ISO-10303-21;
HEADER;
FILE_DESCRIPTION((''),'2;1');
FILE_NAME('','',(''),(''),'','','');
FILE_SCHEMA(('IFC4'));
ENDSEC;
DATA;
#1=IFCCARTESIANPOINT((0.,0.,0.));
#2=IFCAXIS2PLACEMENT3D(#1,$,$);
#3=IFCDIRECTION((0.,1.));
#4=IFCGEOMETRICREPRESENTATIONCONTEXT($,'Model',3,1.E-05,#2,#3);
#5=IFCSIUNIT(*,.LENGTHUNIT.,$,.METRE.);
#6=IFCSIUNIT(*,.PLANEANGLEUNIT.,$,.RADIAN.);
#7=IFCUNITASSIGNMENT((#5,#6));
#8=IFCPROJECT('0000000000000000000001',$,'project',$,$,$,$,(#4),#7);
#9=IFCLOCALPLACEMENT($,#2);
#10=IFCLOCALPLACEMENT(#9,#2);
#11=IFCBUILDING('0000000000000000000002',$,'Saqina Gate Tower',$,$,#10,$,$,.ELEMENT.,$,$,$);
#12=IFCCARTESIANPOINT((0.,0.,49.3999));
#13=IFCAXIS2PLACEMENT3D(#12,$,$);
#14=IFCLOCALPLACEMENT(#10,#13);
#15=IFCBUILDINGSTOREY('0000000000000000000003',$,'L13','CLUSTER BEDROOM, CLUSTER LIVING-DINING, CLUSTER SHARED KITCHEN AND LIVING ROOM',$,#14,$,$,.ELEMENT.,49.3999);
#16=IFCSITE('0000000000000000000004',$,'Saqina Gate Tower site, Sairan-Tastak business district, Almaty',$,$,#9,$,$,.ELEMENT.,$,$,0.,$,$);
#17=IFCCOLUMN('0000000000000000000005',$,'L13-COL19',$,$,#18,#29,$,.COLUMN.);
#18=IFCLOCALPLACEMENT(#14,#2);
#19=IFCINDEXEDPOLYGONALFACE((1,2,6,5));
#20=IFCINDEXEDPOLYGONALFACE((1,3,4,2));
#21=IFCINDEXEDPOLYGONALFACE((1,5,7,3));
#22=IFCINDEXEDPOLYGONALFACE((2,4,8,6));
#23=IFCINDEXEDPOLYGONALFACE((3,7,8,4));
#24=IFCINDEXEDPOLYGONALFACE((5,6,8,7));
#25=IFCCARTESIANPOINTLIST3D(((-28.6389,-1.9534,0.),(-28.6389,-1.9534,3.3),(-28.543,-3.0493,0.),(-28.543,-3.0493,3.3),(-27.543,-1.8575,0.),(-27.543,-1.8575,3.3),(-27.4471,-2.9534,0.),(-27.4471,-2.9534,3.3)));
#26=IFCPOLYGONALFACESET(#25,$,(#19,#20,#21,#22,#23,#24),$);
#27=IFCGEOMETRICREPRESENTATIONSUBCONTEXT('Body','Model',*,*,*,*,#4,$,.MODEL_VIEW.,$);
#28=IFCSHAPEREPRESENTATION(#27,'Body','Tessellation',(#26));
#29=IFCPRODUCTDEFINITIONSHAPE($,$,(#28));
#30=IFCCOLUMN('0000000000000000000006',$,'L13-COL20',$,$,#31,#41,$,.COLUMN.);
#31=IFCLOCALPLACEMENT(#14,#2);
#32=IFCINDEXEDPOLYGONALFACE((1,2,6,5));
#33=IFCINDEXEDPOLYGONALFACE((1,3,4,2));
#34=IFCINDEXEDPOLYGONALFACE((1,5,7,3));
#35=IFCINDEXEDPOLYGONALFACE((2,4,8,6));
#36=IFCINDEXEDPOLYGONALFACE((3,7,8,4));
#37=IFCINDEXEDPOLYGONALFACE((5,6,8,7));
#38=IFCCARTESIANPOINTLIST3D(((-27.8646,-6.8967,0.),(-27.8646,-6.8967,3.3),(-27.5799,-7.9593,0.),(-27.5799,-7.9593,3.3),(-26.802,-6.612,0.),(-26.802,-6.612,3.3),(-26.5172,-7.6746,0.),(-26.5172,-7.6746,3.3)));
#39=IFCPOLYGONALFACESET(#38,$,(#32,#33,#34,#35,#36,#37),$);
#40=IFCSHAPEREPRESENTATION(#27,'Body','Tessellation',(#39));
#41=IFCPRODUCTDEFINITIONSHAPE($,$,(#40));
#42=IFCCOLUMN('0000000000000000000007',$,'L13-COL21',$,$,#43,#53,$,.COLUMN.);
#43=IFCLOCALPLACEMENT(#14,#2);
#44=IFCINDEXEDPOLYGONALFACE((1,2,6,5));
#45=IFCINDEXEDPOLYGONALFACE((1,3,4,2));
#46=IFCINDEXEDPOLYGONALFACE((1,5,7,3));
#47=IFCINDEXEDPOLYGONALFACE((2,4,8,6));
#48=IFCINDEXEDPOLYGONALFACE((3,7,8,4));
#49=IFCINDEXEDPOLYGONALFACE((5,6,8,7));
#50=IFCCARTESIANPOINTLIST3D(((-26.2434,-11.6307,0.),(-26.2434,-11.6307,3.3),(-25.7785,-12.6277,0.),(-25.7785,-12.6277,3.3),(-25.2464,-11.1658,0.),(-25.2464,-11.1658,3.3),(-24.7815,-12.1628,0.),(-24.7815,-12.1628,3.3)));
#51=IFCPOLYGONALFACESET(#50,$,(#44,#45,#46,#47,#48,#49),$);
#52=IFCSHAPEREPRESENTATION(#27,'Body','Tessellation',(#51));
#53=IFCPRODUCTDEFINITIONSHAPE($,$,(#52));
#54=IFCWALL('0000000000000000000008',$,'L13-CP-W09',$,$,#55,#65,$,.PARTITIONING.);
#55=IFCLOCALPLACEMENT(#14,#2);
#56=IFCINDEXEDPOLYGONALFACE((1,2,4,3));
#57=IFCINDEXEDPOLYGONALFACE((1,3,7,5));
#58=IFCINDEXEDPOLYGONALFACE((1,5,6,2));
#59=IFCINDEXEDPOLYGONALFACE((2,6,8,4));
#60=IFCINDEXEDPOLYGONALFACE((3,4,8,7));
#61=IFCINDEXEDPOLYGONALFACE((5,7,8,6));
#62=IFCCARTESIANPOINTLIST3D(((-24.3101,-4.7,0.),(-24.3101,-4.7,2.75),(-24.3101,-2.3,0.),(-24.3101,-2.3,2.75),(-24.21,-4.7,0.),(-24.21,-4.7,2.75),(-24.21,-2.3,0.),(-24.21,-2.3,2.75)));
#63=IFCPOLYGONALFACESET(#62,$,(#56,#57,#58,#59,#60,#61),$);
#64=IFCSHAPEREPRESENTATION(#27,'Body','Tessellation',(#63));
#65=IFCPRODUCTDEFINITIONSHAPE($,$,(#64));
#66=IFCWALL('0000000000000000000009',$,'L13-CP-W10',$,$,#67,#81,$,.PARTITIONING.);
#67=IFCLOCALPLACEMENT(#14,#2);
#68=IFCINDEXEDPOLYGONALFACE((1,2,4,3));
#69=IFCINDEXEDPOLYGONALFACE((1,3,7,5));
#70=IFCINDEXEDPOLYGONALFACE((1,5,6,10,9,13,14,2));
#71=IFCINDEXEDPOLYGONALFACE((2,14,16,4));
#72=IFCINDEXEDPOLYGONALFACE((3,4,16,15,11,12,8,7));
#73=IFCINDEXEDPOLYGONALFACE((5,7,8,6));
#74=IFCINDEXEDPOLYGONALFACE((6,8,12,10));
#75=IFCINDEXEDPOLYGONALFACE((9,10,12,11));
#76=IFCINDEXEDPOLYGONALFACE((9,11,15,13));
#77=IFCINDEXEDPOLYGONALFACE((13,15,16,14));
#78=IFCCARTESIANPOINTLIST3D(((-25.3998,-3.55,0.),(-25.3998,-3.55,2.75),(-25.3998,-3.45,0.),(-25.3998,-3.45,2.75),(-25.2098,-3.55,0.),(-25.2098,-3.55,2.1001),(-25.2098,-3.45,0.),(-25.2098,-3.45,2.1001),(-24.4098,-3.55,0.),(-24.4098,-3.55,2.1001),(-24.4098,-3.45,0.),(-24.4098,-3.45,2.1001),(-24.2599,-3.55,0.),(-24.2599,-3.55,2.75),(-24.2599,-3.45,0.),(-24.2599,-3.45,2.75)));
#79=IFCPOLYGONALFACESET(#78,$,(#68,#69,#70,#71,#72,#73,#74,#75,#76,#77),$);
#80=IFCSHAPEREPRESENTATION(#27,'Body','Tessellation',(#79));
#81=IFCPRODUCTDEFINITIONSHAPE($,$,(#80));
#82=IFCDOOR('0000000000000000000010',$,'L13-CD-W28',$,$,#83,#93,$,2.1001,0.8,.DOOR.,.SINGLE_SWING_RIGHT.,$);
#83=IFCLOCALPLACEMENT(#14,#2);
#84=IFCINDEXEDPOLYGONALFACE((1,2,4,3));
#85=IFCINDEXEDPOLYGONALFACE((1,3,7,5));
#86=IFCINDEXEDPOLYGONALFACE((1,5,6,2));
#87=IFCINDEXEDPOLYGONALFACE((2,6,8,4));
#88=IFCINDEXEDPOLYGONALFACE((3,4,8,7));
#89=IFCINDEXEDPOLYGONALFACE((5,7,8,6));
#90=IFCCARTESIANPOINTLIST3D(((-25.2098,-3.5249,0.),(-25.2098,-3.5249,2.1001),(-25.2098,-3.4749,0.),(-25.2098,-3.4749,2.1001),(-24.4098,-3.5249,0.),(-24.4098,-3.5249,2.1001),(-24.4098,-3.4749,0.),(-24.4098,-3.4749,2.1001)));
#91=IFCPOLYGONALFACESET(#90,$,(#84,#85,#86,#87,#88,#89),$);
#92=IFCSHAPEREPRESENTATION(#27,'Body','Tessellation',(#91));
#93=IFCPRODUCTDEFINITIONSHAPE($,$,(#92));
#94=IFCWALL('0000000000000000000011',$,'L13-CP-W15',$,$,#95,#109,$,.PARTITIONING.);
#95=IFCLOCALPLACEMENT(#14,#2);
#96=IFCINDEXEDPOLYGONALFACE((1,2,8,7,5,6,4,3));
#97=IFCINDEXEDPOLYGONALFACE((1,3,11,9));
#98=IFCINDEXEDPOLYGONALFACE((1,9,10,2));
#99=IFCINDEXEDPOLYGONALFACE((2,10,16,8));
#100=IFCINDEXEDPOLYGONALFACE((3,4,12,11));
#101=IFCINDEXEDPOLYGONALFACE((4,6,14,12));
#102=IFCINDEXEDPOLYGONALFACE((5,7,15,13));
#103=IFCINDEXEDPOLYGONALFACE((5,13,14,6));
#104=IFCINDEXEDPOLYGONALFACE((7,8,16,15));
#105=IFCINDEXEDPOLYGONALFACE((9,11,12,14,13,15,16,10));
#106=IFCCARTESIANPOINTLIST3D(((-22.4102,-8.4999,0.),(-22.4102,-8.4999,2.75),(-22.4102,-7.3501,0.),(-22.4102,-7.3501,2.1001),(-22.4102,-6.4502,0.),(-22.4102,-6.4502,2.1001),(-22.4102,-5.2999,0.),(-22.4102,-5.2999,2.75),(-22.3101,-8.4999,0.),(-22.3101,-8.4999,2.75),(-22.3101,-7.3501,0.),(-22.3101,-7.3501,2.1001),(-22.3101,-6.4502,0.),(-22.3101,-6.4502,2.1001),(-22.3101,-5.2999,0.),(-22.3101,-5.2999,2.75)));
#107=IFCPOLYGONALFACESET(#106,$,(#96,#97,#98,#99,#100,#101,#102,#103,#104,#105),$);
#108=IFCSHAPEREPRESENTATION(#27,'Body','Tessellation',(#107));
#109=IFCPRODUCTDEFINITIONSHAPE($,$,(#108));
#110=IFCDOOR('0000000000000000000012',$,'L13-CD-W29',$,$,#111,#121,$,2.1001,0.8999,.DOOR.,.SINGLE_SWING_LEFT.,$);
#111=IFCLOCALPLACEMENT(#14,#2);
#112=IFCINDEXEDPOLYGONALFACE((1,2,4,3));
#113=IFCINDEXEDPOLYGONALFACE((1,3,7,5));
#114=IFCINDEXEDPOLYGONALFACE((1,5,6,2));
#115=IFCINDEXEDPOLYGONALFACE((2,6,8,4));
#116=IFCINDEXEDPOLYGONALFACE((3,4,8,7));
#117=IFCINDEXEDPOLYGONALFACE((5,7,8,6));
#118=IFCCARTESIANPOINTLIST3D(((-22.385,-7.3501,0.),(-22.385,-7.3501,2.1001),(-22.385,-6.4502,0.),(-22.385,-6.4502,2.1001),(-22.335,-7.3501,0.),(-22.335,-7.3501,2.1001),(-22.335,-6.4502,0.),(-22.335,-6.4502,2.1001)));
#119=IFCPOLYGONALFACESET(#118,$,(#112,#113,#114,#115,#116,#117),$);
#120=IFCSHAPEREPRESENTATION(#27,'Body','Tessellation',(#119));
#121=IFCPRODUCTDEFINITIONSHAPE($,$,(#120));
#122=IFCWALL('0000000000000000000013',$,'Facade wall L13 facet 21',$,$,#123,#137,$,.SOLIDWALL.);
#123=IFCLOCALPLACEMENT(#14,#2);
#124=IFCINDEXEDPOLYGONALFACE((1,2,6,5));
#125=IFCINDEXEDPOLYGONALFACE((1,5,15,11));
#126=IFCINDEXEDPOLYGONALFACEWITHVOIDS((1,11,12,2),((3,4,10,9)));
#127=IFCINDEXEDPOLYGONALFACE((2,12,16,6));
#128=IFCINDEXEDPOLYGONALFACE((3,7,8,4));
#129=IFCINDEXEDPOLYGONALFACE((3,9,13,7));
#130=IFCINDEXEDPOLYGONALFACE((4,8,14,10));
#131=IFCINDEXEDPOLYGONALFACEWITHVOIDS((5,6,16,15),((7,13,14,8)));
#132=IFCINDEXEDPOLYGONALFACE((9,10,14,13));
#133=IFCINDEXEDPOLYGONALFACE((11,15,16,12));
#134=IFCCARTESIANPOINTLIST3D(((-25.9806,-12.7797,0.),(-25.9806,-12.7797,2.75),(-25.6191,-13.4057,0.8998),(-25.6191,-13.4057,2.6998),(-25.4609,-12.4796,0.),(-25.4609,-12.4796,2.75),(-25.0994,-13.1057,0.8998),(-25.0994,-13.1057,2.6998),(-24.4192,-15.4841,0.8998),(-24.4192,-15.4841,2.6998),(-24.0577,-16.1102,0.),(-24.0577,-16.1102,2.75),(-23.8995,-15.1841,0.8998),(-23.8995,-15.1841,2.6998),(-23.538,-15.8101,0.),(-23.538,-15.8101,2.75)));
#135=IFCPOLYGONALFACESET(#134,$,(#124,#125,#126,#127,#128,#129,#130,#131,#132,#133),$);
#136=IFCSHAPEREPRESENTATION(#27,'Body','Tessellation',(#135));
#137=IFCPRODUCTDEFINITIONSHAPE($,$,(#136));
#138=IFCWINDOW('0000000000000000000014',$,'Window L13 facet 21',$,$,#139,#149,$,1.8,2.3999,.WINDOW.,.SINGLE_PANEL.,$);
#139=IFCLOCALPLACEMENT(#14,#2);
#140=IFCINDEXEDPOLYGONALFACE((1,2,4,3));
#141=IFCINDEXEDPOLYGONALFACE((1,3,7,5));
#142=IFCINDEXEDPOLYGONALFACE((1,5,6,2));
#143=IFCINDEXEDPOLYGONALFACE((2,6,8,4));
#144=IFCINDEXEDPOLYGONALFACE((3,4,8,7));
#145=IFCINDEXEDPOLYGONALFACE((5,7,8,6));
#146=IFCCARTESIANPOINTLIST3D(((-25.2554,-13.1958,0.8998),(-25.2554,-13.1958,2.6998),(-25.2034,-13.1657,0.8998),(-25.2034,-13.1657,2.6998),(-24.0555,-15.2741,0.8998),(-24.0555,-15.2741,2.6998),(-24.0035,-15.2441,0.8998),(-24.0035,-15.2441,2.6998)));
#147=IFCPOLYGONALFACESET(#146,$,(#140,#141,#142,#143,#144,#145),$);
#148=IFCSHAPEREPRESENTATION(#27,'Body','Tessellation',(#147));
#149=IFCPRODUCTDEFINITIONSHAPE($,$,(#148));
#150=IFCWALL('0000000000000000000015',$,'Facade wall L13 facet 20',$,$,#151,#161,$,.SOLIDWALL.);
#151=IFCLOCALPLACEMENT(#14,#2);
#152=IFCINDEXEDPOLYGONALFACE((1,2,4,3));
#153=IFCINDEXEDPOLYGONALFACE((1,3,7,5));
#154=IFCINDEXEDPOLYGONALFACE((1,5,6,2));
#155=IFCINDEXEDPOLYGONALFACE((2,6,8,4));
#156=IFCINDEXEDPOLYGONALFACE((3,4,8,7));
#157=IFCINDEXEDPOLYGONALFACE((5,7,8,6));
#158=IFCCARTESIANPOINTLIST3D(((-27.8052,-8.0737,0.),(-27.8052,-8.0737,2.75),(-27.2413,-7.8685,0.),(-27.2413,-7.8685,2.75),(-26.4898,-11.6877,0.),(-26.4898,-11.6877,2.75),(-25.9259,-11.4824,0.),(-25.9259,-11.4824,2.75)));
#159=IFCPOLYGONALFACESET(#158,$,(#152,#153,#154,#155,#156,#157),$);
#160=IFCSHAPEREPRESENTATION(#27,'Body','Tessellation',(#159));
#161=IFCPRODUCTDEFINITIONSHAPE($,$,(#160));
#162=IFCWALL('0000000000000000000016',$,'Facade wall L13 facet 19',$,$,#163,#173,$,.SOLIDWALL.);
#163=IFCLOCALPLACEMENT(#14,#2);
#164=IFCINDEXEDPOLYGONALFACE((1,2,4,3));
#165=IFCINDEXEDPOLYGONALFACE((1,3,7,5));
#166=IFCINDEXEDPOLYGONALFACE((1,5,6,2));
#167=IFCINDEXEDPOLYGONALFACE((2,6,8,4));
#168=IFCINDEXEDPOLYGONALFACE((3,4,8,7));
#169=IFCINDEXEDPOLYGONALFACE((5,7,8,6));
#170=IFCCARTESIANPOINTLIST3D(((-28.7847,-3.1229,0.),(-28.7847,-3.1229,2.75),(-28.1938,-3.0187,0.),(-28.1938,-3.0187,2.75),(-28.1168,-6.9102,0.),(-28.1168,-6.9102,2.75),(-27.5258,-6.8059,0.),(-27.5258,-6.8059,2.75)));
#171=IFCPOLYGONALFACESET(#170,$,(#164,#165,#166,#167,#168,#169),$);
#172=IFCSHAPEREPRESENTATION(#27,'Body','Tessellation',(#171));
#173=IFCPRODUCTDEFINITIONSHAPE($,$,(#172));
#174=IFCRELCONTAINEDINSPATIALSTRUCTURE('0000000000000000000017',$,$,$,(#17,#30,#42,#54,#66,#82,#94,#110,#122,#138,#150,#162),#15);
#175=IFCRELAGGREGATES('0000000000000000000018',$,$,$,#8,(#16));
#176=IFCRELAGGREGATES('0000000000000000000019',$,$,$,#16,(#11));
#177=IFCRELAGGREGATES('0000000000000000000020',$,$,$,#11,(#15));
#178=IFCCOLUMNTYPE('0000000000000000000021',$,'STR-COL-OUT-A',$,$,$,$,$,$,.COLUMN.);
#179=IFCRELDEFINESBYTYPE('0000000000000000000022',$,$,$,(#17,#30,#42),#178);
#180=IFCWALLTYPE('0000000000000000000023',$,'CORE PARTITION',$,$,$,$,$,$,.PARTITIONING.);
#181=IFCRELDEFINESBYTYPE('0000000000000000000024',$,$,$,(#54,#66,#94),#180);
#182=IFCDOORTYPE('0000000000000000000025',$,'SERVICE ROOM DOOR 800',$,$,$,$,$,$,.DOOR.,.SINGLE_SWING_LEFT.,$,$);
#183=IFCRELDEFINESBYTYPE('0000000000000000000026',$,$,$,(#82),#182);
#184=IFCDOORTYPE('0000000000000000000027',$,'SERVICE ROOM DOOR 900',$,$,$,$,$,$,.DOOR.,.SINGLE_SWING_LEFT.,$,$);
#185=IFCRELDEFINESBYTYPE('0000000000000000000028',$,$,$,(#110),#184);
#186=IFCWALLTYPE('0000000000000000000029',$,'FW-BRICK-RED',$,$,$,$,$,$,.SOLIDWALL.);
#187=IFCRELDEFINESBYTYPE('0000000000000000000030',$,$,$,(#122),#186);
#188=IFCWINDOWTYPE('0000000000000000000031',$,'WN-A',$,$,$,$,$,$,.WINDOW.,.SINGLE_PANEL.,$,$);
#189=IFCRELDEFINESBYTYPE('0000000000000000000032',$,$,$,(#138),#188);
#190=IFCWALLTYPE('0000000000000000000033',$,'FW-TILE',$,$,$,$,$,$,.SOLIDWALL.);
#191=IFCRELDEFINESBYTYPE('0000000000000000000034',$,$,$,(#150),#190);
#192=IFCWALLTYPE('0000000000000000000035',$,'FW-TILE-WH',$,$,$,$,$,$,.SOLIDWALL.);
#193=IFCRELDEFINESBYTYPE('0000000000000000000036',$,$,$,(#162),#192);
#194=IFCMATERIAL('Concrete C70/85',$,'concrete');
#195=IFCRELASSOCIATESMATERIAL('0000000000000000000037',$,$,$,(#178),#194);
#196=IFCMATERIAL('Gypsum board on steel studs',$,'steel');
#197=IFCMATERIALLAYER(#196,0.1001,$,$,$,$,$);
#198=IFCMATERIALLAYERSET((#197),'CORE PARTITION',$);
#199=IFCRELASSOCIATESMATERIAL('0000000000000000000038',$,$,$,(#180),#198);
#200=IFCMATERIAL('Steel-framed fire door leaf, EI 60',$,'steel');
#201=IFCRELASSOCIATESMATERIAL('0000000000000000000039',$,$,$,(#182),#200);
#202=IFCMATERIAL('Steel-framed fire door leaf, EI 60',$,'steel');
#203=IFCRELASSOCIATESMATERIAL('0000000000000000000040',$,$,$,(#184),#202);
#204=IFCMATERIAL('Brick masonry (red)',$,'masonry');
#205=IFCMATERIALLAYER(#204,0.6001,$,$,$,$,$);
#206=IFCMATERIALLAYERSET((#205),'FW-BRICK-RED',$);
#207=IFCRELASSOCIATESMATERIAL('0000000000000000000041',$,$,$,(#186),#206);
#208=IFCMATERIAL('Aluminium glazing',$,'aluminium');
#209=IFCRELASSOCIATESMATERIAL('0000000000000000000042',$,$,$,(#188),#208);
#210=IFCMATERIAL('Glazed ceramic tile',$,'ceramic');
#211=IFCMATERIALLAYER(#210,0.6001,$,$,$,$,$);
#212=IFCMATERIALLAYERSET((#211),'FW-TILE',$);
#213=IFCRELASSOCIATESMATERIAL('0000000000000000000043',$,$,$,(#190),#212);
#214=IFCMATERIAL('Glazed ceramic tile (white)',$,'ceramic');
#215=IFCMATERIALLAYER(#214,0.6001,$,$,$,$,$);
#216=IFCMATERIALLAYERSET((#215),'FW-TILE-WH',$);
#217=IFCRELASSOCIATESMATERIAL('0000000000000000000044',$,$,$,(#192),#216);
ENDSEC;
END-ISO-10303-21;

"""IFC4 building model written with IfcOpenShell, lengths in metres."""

from ifc_helpers import new_model, si_unit, direction, frame, frame_2d, origin, origin_2d, place, context, subcontext, project, spatial, rectangle, extrude, material, layer, layer_set, material_profile, profile_set, type_object, element, fill, save


model = new_model("IFC4")

# Units and contexts
model_context = context("Model", 3, precision=1e-05, world=origin(), true_north=direction((0.0, 1.0)))
body_context = subcontext(model_context, "Body", "Model", "MODEL_VIEW")
ifc_project = project(units=[si_unit("LENGTHUNIT", "METRE"), si_unit("PLANEANGLEUNIT", "RADIAN")], contexts=[model_context])

# Site, building, storey
site_placement = place(None, origin())
site = spatial("IfcSite", under=ifc_project, at=site_placement, Name="Saqina Gate Tower site, Sairan-Tastak business district, Almaty", CompositionType="ELEMENT", RefElevation=0.0)
building_placement = place(site_placement, origin())
building = spatial("IfcBuilding", under=site, at=building_placement, Name="Saqina Gate Tower", CompositionType="ELEMENT")
storey_placement = place(building_placement, frame((0.0, 0.0, 49.3999)))
storey = spatial("IfcBuildingStorey", under=building, at=storey_placement, Name="L13", Description="CLUSTER BEDROOM, CLUSTER LIVING-DINING, CLUSTER SHARED KITCHEN AND LIVING ROOM", CompositionType="ELEMENT", Elevation=49.3999)

# Columns
ifc_material_1 = material(Name="Concrete C70/85", Category="concrete")
ifc_material_profile = material_profile(ifc_material_1, rectangle(XDim=1.1001, YDim=1.1001, at=origin_2d()), Name="RC 1100x1100")
ifc_profile_set = profile_set([ifc_material_profile], Name="Concrete C70/85")
column_type = type_object("IfcColumnType", Name="STR-COL-OUT-A", PredefinedType="COLUMN", material=ifc_profile_set)
for number, where, z_axis, x_axis, name in (
    (1, (-28.043, -2.4534, 0.0), (0.0, 0.0, 1.0), (-0.996195, -0.087156, 0.0), "L13-COL19"),
    (2, (-27.1909, -7.2856, 0.0), (0.0, 0.0, 1.0), (-0.965926, -0.258819, 0.0), "L13-COL20"),
    (3, (-25.5125, -11.8967, 0.0), (0.0, 0.0, 1.0), (-0.906308, -0.422618, 0.0), "L13-COL21"),
):
    element("IfcColumn", number, at=place(storey_placement, frame(where, z_axis=z_axis, x_axis=x_axis)), inside=storey, type_object=column_type, Name=name, PredefinedType="COLUMN", context=body_context, shape_type="SweptSolid", body=[
        extrude(rectangle(XDim=1.1001, YDim=1.1001, at=origin_2d()), origin(), (0.0, 0.0, 1.0), 3.3),
    ])

# Wall
ifc_material_2 = material(Name="Gypsum board on steel studs", Category="steel")
ifc_layer_1 = layer(ifc_material_2, 0.1001)
ifc_layer_set_1 = layer_set([ifc_layer_1], Name="CORE PARTITION")
wall_type_1 = type_object("IfcWallType", Name="CORE PARTITION", PredefinedType="PARTITIONING", material=ifc_layer_set_1)
wall_1_placement = place(storey_placement, frame((-24.26, -4.7, 0.0), z_axis=(0.0, 0.0, 1.0), x_axis=(0.0, 1.0, 0.0)))
element("IfcWall", 4, at=wall_1_placement, inside=storey, type_object=wall_type_1, Name="L13-CP-W09", PredefinedType="PARTITIONING", context=body_context, shape_type="SweptSolid", body=[
    extrude(rectangle(XDim=2.3999, YDim=0.1001, at=frame_2d((1.2, 0.0))), origin(), (0.0, 0.0, 1.0), 2.75),
])

# Walls, openings, doors
wall_2_placement = place(storey_placement, frame((-24.26, -3.5, 0.0), z_axis=(0.0, 0.0, 1.0), x_axis=(-1.0, 0.0, 0.0)))
wall_2 = element("IfcWall", 5, at=wall_2_placement, inside=storey, type_object=wall_type_1, Name="L13-CP-W10", PredefinedType="PARTITIONING", context=body_context, shape_type="SweptSolid", body=[
    extrude(rectangle(XDim=1.1399, YDim=0.1001, at=frame_2d((0.5698, 0.0))), origin(), (0.0, 0.0, 1.0), 2.75),
])
opening_1_placement = place(wall_2_placement, frame((0.1499, 0.0, 0.0)))
opening_1 = element("IfcOpeningElement", 6, at=opening_1_placement, cuts=wall_2, PredefinedType="OPENING", context=body_context, shape_type="SweptSolid", body=[
    extrude(rectangle(XDim=0.8, YDim=2.1001, at=frame_2d((0.3999, 1.05))), frame((0.0, 0.062, 0.0), z_axis=(0.0, -1.0, 0.0), x_axis=(1.0, 0.0, 0.0)), (0.0, 0.0, 1.0), 0.124),
])
ifc_material_3 = material(Name="Steel-framed fire door leaf, EI 60", Category="steel")
door_type_1 = type_object("IfcDoorType", Name="SERVICE ROOM DOOR 800", OperationType="SINGLE_SWING_LEFT", PredefinedType="DOOR", material=ifc_material_3)
door_1_placement = place(opening_1_placement, origin())
door_1 = element("IfcDoor", 7, at=door_1_placement, inside=storey, type_object=door_type_1, Name="L13-CD-W28", OperationType="SINGLE_SWING_RIGHT", OverallHeight=2.1001, OverallWidth=0.8, PredefinedType="DOOR", context=body_context, shape_type="SweptSolid", body=[
    extrude(rectangle(XDim=0.8, YDim=2.1001, at=frame_2d((0.3999, 1.05))), frame((0.0, 0.0249, 0.0), z_axis=(0.0, -1.0, 0.0), x_axis=(1.0, 0.0, 0.0)), (0.0, 0.0, 1.0), 0.05),
])
fill(opening_1, door_1)
wall_3_placement = place(storey_placement, frame((-22.3601, -8.5, 0.0), z_axis=(0.0, 0.0, 1.0), x_axis=(0.0, 1.0, 0.0)))
wall_3 = element("IfcWall", 8, at=wall_3_placement, inside=storey, type_object=wall_type_1, Name="L13-CP-W15", PredefinedType="PARTITIONING", context=body_context, shape_type="SweptSolid", body=[
    extrude(rectangle(XDim=3.2, YDim=0.1001, at=frame_2d((1.6001, 0.0))), origin(), (0.0, 0.0, 1.0), 2.75),
])
opening_2_placement = place(wall_3_placement, frame((1.1499, 0.0, 0.0)))
opening_2 = element("IfcOpeningElement", 9, at=opening_2_placement, cuts=wall_3, PredefinedType="OPENING", context=body_context, shape_type="SweptSolid", body=[
    extrude(rectangle(XDim=0.8999, YDim=2.1001, at=frame_2d((0.45, 1.05))), frame((0.0, 0.062, 0.0), z_axis=(0.0, -1.0, 0.0), x_axis=(1.0, 0.0, 0.0)), (0.0, 0.0, 1.0), 0.124),
])
ifc_material_4 = material(Name="Steel-framed fire door leaf, EI 60", Category="steel")
door_type_2 = type_object("IfcDoorType", Name="SERVICE ROOM DOOR 900", OperationType="SINGLE_SWING_LEFT", PredefinedType="DOOR", material=ifc_material_4)
door_2_placement = place(opening_2_placement, origin())
door_2 = element("IfcDoor", 10, at=door_2_placement, inside=storey, type_object=door_type_2, Name="L13-CD-W29", OperationType="SINGLE_SWING_LEFT", OverallHeight=2.1001, OverallWidth=0.8999, PredefinedType="DOOR", context=body_context, shape_type="SweptSolid", body=[
    extrude(rectangle(XDim=0.8999, YDim=2.1001, at=frame_2d((0.45, 1.05))), frame((0.0, 0.0249, 0.0), z_axis=(0.0, -1.0, 0.0), x_axis=(1.0, 0.0, 0.0)), (0.0, 0.0, 1.0), 0.05),
])
fill(opening_2, door_2)

# Wall, opening, window
ifc_material_5 = material(Name="Brick masonry (red)", Category="masonry")
ifc_layer_2 = layer(ifc_material_5, 0.6001)
ifc_layer_set_2 = layer_set([ifc_layer_2], Name="FW-BRICK-RED")
wall_type_2 = type_object("IfcWallType", Name="FW-BRICK-RED", PredefinedType="SOLIDWALL", material=ifc_layer_set_2)
wall_4_placement = place(storey_placement, frame((-25.7207, -12.6296, 0.0), z_axis=(0.0, 0.0, 1.0), x_axis=(0.49999, -0.866031, 0.0)))
wall_4 = element("IfcWall", 11, at=wall_4_placement, inside=storey, type_object=wall_type_2, Name="Facade wall L13 facet 21", PredefinedType="SOLIDWALL", context=body_context, shape_type="SweptSolid", body=[
    extrude(rectangle(XDim=3.8457, YDim=0.6001, at=frame_2d((1.9229, 0.0))), origin(), (0.0, 0.0, 1.0), 2.75),
])
opening_3_placement = place(wall_4_placement, frame((0.7229, 0.0, 0.8999)))
opening_3 = element("IfcOpeningElement", 12, at=opening_3_placement, cuts=wall_4, PredefinedType="OPENING", context=body_context, shape_type="SweptSolid", body=[
    extrude(rectangle(XDim=2.3999, YDim=1.8, at=frame_2d((1.2, 0.8999))), frame((0.0, 0.312, 0.0), z_axis=(0.0, -1.0, 0.0), x_axis=(1.0, 0.0, 0.0)), (0.0, 0.0, 1.0), 0.624),
])
ifc_material_6 = material(Name="Aluminium glazing", Category="aluminium")
window_type = type_object("IfcWindowType", Name="WN-A", PartitioningType="SINGLE_PANEL", PredefinedType="WINDOW", material=ifc_material_6)
window_placement = place(opening_3_placement, origin())
window = element("IfcWindow", 13, at=window_placement, inside=storey, type_object=window_type, Name="Window L13 facet 21", OverallHeight=1.8, OverallWidth=2.3999, PartitioningType="SINGLE_PANEL", PredefinedType="WINDOW", context=body_context, shape_type="SweptSolid", body=[
    extrude(rectangle(XDim=2.3999, YDim=1.8, at=frame_2d((1.2, 0.8999))), frame((0.0, 0.1799, 0.0), z_axis=(0.0, -1.0, 0.0), x_axis=(1.0, 0.0, 0.0)), (0.0, 0.0, 1.0), 0.0601),
])
fill(opening_3, window)

# Walls
ifc_material_7 = material(Name="Glazed ceramic tile", Category="ceramic")
ifc_layer_3 = layer(ifc_material_7, 0.6001)
ifc_layer_set_3 = layer_set([ifc_layer_3], Name="FW-TILE")
wall_type_3 = type_object("IfcWallType", Name="FW-TILE", PredefinedType="SOLIDWALL", material=ifc_layer_set_3)
wall_5_placement = place(storey_placement, frame((-27.5232, -7.9712, 0.0), z_axis=(0.0, 0.0, 1.0), x_axis=(0.342028, -0.93969, 0.0)))
element("IfcWall", 14, at=wall_5_placement, inside=storey, type_object=wall_type_3, Name="Facade wall L13 facet 20", PredefinedType="SOLIDWALL", context=body_context, shape_type="SweptSolid", body=[
    extrude(rectangle(XDim=3.8459, YDim=0.6001, at=frame_2d((1.9229, 0.0))), origin(), (0.0, 0.0, 1.0), 2.75),
])
ifc_material_8 = material(Name="Glazed ceramic tile (white)", Category="ceramic")
ifc_layer_4 = layer(ifc_material_8, 0.6001)
ifc_layer_set_4 = layer_set([ifc_layer_4], Name="FW-TILE-WH")
wall_type_4 = type_object("IfcWallType", Name="FW-TILE-WH", PredefinedType="SOLIDWALL", material=ifc_layer_set_4)
wall_6_placement = place(storey_placement, frame((-28.4893, -3.0708, 0.0), z_axis=(0.0, 0.0, 1.0), x_axis=(0.173688, -0.984801, 0.0)))
element("IfcWall", 15, at=wall_6_placement, inside=storey, type_object=wall_type_4, Name="Facade wall L13 facet 19", PredefinedType="SOLIDWALL", context=body_context, shape_type="SweptSolid", body=[
    extrude(rectangle(XDim=3.8457, YDim=0.6001, at=frame_2d((1.9229, 0.0))), origin(), (0.0, 0.0, 1.0), 2.75),
])

save(model, "model.ifc")
